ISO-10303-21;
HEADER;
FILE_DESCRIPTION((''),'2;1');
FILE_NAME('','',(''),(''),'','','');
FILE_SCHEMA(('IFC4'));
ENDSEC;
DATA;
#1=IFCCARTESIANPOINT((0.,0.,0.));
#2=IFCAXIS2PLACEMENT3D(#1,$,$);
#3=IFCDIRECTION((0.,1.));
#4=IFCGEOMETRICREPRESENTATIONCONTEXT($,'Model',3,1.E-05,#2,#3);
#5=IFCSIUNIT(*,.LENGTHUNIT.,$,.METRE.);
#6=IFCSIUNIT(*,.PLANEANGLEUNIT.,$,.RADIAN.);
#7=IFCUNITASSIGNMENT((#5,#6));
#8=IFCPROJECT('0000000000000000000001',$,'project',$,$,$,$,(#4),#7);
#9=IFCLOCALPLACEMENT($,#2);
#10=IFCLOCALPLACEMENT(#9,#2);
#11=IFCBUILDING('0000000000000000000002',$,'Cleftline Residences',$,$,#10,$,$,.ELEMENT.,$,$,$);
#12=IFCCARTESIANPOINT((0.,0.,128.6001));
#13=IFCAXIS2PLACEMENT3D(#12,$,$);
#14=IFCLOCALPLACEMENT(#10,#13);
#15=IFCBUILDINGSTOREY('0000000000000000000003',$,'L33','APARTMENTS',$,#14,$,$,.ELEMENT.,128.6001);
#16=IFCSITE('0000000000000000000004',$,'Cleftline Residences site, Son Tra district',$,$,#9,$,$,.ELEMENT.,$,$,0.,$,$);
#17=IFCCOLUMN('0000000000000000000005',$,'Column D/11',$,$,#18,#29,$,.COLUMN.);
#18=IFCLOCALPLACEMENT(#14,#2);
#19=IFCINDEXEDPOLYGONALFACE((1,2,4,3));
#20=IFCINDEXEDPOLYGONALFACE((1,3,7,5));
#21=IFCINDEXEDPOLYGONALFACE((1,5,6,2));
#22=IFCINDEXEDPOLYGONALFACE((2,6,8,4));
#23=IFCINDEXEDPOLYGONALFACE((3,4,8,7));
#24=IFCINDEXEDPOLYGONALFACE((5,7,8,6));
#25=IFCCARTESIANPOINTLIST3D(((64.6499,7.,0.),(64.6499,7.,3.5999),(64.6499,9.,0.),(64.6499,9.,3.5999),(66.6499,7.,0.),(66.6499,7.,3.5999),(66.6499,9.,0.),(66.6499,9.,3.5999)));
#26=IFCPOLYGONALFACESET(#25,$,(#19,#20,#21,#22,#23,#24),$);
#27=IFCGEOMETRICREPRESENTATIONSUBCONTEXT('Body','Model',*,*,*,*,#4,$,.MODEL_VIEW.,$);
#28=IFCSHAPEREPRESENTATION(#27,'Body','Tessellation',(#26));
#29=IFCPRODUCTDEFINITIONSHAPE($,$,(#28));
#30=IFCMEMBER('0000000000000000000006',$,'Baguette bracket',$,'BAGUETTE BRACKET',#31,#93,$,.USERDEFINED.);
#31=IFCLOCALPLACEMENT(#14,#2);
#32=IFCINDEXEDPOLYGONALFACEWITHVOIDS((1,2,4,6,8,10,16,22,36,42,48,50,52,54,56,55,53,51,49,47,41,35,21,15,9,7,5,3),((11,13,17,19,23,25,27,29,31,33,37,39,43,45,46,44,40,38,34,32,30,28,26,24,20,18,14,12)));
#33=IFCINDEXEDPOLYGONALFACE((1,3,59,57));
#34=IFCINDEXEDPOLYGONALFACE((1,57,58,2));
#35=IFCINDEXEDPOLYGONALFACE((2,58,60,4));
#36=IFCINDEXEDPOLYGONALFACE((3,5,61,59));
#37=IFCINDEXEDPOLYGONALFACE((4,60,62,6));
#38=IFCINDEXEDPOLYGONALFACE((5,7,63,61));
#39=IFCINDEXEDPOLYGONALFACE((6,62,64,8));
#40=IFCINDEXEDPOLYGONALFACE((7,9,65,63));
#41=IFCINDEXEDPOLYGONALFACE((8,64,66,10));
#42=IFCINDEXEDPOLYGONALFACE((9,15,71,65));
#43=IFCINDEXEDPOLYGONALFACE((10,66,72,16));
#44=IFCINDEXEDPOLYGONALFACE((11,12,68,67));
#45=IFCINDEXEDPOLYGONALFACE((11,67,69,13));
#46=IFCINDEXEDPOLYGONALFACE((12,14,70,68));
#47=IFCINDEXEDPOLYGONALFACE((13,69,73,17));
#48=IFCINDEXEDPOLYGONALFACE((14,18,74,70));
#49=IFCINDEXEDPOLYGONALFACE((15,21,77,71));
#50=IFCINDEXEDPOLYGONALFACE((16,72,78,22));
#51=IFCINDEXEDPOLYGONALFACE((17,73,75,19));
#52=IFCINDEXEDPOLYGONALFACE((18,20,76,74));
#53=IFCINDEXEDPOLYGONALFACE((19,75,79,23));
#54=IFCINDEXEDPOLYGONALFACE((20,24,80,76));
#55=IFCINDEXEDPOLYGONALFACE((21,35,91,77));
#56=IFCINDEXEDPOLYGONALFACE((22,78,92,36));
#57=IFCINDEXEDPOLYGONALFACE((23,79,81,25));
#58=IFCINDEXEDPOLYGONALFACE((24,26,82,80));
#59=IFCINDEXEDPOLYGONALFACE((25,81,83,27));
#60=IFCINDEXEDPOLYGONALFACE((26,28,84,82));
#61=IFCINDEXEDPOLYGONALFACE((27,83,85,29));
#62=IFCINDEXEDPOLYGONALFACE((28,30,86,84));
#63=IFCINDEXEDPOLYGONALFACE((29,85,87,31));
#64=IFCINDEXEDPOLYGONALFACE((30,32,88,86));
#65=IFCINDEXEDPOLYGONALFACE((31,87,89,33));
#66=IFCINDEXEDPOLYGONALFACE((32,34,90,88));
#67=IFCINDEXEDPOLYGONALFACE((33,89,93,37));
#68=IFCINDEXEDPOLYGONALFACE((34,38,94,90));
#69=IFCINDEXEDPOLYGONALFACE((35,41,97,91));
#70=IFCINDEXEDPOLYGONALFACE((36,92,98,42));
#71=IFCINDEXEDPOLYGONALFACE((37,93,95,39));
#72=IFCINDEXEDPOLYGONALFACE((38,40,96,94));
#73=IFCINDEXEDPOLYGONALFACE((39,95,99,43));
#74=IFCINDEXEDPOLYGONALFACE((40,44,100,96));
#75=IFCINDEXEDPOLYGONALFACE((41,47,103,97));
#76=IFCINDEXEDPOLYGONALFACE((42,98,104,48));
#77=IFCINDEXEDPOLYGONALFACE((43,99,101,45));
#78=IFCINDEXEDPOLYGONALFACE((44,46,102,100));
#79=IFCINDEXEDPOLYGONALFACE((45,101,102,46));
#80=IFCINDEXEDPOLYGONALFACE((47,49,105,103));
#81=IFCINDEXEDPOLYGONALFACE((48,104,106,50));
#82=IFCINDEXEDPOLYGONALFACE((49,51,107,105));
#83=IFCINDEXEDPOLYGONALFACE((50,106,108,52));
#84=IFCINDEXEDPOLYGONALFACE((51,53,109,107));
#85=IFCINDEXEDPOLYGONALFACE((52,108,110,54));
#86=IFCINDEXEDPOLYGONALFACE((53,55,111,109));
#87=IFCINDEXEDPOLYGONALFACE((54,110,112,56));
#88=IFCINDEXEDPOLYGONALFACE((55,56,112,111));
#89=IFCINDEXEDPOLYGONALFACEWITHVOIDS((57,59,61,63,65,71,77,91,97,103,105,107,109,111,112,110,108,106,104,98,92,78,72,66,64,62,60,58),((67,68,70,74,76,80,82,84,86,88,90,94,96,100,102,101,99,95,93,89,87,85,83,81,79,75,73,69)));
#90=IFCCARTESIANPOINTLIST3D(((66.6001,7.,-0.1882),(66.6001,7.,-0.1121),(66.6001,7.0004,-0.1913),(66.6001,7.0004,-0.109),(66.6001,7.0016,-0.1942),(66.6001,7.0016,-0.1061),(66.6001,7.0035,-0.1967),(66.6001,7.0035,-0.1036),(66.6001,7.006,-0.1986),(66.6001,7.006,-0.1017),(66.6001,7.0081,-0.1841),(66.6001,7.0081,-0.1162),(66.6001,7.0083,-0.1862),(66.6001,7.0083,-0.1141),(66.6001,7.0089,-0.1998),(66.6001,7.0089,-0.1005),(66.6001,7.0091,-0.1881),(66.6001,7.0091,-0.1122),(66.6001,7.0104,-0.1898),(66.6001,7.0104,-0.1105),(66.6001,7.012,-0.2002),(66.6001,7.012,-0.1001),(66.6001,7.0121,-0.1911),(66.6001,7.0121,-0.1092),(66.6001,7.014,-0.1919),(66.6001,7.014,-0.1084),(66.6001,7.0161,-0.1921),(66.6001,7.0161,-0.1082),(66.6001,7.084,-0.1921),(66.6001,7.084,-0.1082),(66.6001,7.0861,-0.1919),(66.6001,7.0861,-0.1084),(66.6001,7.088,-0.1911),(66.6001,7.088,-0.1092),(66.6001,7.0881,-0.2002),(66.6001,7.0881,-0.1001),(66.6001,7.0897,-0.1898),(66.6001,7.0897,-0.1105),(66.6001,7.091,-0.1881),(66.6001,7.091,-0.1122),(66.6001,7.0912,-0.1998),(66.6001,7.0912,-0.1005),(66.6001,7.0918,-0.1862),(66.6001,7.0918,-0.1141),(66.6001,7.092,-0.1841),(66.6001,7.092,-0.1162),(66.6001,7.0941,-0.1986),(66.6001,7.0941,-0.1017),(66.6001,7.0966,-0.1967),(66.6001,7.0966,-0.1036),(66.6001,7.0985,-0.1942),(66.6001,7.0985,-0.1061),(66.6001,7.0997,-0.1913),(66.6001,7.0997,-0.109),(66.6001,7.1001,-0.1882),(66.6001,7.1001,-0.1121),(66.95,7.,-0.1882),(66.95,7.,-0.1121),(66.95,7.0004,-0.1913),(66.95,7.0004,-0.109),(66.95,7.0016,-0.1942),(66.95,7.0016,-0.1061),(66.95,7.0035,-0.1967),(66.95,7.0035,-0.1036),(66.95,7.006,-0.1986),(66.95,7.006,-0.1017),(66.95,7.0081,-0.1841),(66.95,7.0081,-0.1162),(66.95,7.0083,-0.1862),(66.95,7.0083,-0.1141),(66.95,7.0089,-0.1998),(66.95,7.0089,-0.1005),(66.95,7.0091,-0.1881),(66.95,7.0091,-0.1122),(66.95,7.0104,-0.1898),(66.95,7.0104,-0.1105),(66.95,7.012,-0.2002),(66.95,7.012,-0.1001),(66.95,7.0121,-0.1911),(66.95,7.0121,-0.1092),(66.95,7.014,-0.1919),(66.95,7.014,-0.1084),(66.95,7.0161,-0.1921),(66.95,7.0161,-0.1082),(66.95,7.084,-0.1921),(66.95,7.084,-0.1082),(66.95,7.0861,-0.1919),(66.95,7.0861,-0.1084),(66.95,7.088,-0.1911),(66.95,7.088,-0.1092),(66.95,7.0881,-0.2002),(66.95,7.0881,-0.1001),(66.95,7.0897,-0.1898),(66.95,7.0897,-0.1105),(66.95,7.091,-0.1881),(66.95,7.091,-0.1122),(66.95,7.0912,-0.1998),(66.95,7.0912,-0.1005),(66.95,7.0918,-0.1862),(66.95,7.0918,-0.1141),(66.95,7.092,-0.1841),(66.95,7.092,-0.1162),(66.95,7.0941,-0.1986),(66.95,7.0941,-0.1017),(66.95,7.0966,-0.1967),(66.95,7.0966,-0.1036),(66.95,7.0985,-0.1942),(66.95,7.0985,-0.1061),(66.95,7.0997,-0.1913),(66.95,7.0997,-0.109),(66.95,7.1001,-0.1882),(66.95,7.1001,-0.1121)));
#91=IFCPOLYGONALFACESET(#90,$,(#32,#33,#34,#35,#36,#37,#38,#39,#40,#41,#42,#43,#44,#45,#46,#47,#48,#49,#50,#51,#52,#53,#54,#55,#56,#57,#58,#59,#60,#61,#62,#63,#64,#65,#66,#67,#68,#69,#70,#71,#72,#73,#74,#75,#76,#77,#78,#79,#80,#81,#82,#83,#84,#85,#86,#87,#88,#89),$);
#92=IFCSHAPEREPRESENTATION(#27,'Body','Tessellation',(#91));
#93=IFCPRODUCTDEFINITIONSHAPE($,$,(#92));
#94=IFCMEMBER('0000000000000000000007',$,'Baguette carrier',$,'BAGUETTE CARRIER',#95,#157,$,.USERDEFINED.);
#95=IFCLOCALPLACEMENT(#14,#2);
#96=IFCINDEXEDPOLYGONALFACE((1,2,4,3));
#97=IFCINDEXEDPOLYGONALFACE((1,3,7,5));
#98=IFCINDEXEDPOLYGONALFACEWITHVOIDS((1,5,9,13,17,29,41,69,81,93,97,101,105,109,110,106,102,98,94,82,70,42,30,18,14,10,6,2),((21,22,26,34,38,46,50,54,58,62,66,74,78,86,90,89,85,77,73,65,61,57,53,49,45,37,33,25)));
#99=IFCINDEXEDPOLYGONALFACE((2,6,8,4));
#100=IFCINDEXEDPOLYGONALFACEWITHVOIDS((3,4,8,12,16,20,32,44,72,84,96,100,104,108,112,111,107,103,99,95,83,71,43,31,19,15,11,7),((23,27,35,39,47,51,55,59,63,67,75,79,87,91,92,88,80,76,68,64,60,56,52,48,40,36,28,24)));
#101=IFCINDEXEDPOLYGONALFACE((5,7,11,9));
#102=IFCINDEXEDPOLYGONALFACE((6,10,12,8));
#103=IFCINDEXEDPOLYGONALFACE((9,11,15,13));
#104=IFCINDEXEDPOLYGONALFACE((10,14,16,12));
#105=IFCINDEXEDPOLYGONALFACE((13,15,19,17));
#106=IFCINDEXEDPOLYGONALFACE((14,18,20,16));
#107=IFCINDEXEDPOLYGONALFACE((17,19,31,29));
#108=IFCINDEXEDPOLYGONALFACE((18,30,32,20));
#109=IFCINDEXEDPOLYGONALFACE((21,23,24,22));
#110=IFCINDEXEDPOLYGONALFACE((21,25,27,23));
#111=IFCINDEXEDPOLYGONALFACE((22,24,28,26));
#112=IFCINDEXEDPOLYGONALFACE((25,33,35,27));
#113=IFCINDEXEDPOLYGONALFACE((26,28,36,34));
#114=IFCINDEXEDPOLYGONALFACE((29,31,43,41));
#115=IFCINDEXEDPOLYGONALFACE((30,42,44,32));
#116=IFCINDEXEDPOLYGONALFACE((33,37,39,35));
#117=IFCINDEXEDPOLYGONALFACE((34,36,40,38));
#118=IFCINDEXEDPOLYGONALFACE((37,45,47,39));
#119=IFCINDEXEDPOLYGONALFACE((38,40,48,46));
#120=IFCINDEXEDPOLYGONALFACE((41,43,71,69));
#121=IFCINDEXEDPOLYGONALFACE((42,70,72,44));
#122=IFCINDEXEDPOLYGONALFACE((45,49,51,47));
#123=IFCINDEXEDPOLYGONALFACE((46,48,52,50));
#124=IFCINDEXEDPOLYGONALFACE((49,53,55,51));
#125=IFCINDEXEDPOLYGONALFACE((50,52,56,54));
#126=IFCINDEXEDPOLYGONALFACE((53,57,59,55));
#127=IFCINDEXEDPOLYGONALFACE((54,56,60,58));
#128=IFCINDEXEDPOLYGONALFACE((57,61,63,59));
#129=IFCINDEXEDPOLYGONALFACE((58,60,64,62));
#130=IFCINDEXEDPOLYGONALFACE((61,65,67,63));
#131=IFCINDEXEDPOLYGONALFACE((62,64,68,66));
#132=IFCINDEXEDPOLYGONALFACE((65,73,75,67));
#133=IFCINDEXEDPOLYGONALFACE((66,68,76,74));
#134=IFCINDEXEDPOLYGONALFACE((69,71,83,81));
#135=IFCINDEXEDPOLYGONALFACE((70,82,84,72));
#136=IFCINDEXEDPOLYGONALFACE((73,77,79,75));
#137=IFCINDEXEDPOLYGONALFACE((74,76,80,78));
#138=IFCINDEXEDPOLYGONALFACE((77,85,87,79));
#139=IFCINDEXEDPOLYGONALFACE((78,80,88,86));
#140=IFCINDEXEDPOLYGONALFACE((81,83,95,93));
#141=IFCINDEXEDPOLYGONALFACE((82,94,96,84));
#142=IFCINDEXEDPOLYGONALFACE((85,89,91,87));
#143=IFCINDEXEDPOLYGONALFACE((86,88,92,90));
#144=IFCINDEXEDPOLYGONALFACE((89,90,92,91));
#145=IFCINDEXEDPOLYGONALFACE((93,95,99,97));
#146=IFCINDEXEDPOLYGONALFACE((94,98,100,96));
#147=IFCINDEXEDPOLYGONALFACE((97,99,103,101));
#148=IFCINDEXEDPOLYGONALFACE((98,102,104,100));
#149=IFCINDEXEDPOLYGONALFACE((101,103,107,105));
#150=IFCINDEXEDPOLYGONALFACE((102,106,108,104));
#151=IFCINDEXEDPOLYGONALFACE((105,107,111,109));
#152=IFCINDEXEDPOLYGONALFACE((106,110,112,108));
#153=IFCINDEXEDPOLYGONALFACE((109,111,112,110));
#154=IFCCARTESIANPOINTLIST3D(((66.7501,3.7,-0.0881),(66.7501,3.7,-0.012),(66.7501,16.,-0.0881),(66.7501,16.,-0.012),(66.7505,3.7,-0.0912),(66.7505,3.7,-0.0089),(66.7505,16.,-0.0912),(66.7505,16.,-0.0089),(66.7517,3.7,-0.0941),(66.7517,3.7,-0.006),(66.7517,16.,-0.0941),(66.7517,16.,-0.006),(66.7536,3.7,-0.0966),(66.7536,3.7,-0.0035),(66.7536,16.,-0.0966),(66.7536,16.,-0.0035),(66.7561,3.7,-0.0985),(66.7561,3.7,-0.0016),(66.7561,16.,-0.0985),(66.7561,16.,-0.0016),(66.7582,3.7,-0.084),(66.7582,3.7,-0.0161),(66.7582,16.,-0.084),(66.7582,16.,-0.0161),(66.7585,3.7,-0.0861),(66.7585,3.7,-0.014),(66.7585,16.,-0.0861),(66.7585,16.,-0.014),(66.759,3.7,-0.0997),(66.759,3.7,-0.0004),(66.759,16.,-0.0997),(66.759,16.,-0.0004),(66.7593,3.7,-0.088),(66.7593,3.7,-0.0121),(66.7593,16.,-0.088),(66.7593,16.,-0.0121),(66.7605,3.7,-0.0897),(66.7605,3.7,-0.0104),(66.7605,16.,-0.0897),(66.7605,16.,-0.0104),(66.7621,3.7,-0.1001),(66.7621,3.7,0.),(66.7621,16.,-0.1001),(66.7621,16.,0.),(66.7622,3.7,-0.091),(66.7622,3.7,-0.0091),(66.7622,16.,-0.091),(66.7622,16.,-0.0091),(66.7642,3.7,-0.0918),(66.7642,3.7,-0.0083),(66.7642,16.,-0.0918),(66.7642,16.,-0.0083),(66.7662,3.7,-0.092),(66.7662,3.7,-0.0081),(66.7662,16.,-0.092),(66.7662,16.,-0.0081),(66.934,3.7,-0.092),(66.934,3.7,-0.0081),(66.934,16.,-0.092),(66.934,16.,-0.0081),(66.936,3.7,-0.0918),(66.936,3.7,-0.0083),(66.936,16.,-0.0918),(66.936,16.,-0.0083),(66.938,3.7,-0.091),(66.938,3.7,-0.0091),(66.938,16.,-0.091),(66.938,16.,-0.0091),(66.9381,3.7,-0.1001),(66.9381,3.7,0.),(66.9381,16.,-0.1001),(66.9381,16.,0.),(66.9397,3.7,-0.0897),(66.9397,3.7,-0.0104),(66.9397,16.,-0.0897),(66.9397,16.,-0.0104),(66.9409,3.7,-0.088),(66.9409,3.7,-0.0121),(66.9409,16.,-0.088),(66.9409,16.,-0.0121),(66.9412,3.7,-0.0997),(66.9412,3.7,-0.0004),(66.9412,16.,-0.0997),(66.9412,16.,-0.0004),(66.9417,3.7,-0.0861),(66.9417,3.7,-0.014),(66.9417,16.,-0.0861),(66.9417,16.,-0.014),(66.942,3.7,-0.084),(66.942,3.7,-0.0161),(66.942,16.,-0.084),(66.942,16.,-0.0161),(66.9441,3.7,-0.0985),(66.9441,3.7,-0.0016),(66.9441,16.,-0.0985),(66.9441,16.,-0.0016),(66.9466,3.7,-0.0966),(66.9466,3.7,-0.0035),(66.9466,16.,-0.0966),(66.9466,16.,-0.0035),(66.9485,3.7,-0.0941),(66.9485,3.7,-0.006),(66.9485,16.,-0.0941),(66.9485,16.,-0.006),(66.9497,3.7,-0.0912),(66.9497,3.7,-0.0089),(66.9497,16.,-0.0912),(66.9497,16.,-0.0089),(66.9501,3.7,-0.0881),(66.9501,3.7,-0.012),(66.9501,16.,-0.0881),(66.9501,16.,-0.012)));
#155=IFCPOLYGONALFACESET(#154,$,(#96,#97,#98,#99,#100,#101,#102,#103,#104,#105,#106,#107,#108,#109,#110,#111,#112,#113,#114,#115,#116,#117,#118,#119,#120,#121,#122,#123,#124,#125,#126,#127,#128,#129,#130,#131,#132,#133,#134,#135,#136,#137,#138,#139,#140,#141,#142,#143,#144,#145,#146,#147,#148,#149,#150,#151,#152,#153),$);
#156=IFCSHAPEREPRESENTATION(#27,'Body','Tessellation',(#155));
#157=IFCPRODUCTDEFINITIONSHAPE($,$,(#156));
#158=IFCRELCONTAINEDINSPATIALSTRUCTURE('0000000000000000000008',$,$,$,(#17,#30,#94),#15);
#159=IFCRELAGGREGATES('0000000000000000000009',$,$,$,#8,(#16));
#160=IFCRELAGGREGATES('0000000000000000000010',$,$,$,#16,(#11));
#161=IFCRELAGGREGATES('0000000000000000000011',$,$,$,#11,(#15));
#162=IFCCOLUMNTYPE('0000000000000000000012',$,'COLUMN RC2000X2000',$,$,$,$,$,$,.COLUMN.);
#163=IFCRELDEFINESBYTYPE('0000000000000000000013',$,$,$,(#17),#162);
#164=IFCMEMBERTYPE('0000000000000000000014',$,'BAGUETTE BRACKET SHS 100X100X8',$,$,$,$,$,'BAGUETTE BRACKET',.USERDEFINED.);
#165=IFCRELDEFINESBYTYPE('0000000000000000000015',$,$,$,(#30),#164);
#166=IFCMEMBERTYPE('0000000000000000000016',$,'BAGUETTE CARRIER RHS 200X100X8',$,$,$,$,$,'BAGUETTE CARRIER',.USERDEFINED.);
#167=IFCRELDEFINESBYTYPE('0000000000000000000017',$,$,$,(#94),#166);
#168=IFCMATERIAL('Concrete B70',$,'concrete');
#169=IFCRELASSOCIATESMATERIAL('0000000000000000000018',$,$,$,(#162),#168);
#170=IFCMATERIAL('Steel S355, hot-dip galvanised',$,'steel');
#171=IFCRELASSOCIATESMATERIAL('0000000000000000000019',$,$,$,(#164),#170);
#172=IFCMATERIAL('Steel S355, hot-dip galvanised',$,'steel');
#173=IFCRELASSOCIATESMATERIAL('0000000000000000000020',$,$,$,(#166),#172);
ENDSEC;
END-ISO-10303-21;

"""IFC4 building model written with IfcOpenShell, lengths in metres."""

from ifc_helpers import new_model, si_unit, direction, frame, origin, origin_2d, place, context, subcontext, project, spatial, rectangle, hollow_rectangle, extrude, material, material_profile, profile_set, type_object, element, save


model = new_model("IFC4")

# Units and contexts
model_context = context("Model", 3, precision=1e-05, world=origin(), true_north=direction((0.0, 1.0)))
body_context = subcontext(model_context, "Body", "Model", "MODEL_VIEW")
ifc_project = project(units=[si_unit("LENGTHUNIT", "METRE"), si_unit("PLANEANGLEUNIT", "RADIAN")], contexts=[model_context])

# Site, building, storey
site_placement = place(None, origin())
site = spatial("IfcSite", under=ifc_project, at=site_placement, Name="Cleftline Residences site, Son Tra district", CompositionType="ELEMENT", RefElevation=0.0)
building_placement = place(site_placement, origin())
building = spatial("IfcBuilding", under=site, at=building_placement, Name="Cleftline Residences", CompositionType="ELEMENT")
storey_placement = place(building_placement, frame((0.0, 0.0, 128.6001)))
storey = spatial("IfcBuildingStorey", under=building, at=storey_placement, Name="L33", Description="APARTMENTS", CompositionType="ELEMENT", Elevation=128.6001)

# Column
ifc_material_1 = material(Name="Concrete B70", Category="concrete")
ifc_material_profile_1 = material_profile(ifc_material_1, rectangle(XDim=2.0, YDim=2.0, at=origin_2d()))
ifc_profile_set_1 = profile_set([ifc_material_profile_1], Name="Concrete B70")
column_type = type_object("IfcColumnType", Name="COLUMN RC2000X2000", PredefinedType="COLUMN", material=ifc_profile_set_1)
column_placement = place(storey_placement, frame((65.6499, 8.0, 0.0), z_axis=(0.0, 0.0, 1.0), x_axis=(1.0, 0.0, 0.0)))
element("IfcColumn", 1, at=column_placement, inside=storey, type_object=column_type, Name="Column D/11", PredefinedType="COLUMN", context=body_context, shape_type="SweptSolid", body=[
    extrude(rectangle(XDim=2.0, YDim=2.0, at=origin_2d()), origin(), (0.0, 0.0, 1.0), 3.5999),
])

# Members
ifc_material_2 = material(Name="Steel S355, hot-dip galvanised", Category="steel")
ifc_material_profile_2 = material_profile(ifc_material_2, hollow_rectangle(XDim=0.1001, YDim=0.1001, WallThickness=0.0081, InnerFilletRadius=0.0081, OuterFilletRadius=0.012, at=origin_2d()))
ifc_profile_set_2 = profile_set([ifc_material_profile_2], Name="Steel S355, hot-dip galvanised")
member_type_1 = type_object("IfcMemberType", Name="BAGUETTE BRACKET SHS 100X100X8", ElementType="BAGUETTE BRACKET", PredefinedType="USERDEFINED", material=ifc_profile_set_2)
member_1_placement = place(storey_placement, frame((66.6001, 7.05, -0.1501), z_axis=(1.0, 0.0, 0.0), x_axis=(0.0, 1.0, 0.0)))
element("IfcMember", 2, at=member_1_placement, inside=storey, type_object=member_type_1, Name="Baguette bracket", ObjectType="BAGUETTE BRACKET", PredefinedType="USERDEFINED", context=body_context, shape_type="SweptSolid", body=[
    extrude(hollow_rectangle(XDim=0.1001, YDim=0.1001, WallThickness=0.0081, InnerFilletRadius=0.0081, OuterFilletRadius=0.012, at=origin_2d()), origin(), (0.0, 0.0, 1.0), 0.3499),
])
ifc_material_3 = material(Name="Steel S355, hot-dip galvanised", Category="steel")
ifc_material_profile_3 = material_profile(ifc_material_3, hollow_rectangle(XDim=0.1001, YDim=0.2, WallThickness=0.0081, InnerFilletRadius=0.0081, OuterFilletRadius=0.012, at=origin_2d()))
ifc_profile_set_3 = profile_set([ifc_material_profile_3], Name="Steel S355, hot-dip galvanised")
member_type_2 = type_object("IfcMemberType", Name="BAGUETTE CARRIER RHS 200X100X8", ElementType="BAGUETTE CARRIER", PredefinedType="USERDEFINED", material=ifc_profile_set_3)
member_2_placement = place(storey_placement, frame((66.8501, 3.7, -0.05), z_axis=(0.0, 1.0, 0.0), x_axis=(0.0, 0.0, 1.0)))
element("IfcMember", 3, at=member_2_placement, inside=storey, type_object=member_type_2, Name="Baguette carrier", ObjectType="BAGUETTE CARRIER", PredefinedType="USERDEFINED", context=body_context, shape_type="SweptSolid", body=[
    extrude(hollow_rectangle(XDim=0.1001, YDim=0.2, WallThickness=0.0081, InnerFilletRadius=0.0081, OuterFilletRadius=0.012, at=origin_2d()), origin(), (0.0, 0.0, 1.0), 12.3),
])

save(model, "model.ifc")
